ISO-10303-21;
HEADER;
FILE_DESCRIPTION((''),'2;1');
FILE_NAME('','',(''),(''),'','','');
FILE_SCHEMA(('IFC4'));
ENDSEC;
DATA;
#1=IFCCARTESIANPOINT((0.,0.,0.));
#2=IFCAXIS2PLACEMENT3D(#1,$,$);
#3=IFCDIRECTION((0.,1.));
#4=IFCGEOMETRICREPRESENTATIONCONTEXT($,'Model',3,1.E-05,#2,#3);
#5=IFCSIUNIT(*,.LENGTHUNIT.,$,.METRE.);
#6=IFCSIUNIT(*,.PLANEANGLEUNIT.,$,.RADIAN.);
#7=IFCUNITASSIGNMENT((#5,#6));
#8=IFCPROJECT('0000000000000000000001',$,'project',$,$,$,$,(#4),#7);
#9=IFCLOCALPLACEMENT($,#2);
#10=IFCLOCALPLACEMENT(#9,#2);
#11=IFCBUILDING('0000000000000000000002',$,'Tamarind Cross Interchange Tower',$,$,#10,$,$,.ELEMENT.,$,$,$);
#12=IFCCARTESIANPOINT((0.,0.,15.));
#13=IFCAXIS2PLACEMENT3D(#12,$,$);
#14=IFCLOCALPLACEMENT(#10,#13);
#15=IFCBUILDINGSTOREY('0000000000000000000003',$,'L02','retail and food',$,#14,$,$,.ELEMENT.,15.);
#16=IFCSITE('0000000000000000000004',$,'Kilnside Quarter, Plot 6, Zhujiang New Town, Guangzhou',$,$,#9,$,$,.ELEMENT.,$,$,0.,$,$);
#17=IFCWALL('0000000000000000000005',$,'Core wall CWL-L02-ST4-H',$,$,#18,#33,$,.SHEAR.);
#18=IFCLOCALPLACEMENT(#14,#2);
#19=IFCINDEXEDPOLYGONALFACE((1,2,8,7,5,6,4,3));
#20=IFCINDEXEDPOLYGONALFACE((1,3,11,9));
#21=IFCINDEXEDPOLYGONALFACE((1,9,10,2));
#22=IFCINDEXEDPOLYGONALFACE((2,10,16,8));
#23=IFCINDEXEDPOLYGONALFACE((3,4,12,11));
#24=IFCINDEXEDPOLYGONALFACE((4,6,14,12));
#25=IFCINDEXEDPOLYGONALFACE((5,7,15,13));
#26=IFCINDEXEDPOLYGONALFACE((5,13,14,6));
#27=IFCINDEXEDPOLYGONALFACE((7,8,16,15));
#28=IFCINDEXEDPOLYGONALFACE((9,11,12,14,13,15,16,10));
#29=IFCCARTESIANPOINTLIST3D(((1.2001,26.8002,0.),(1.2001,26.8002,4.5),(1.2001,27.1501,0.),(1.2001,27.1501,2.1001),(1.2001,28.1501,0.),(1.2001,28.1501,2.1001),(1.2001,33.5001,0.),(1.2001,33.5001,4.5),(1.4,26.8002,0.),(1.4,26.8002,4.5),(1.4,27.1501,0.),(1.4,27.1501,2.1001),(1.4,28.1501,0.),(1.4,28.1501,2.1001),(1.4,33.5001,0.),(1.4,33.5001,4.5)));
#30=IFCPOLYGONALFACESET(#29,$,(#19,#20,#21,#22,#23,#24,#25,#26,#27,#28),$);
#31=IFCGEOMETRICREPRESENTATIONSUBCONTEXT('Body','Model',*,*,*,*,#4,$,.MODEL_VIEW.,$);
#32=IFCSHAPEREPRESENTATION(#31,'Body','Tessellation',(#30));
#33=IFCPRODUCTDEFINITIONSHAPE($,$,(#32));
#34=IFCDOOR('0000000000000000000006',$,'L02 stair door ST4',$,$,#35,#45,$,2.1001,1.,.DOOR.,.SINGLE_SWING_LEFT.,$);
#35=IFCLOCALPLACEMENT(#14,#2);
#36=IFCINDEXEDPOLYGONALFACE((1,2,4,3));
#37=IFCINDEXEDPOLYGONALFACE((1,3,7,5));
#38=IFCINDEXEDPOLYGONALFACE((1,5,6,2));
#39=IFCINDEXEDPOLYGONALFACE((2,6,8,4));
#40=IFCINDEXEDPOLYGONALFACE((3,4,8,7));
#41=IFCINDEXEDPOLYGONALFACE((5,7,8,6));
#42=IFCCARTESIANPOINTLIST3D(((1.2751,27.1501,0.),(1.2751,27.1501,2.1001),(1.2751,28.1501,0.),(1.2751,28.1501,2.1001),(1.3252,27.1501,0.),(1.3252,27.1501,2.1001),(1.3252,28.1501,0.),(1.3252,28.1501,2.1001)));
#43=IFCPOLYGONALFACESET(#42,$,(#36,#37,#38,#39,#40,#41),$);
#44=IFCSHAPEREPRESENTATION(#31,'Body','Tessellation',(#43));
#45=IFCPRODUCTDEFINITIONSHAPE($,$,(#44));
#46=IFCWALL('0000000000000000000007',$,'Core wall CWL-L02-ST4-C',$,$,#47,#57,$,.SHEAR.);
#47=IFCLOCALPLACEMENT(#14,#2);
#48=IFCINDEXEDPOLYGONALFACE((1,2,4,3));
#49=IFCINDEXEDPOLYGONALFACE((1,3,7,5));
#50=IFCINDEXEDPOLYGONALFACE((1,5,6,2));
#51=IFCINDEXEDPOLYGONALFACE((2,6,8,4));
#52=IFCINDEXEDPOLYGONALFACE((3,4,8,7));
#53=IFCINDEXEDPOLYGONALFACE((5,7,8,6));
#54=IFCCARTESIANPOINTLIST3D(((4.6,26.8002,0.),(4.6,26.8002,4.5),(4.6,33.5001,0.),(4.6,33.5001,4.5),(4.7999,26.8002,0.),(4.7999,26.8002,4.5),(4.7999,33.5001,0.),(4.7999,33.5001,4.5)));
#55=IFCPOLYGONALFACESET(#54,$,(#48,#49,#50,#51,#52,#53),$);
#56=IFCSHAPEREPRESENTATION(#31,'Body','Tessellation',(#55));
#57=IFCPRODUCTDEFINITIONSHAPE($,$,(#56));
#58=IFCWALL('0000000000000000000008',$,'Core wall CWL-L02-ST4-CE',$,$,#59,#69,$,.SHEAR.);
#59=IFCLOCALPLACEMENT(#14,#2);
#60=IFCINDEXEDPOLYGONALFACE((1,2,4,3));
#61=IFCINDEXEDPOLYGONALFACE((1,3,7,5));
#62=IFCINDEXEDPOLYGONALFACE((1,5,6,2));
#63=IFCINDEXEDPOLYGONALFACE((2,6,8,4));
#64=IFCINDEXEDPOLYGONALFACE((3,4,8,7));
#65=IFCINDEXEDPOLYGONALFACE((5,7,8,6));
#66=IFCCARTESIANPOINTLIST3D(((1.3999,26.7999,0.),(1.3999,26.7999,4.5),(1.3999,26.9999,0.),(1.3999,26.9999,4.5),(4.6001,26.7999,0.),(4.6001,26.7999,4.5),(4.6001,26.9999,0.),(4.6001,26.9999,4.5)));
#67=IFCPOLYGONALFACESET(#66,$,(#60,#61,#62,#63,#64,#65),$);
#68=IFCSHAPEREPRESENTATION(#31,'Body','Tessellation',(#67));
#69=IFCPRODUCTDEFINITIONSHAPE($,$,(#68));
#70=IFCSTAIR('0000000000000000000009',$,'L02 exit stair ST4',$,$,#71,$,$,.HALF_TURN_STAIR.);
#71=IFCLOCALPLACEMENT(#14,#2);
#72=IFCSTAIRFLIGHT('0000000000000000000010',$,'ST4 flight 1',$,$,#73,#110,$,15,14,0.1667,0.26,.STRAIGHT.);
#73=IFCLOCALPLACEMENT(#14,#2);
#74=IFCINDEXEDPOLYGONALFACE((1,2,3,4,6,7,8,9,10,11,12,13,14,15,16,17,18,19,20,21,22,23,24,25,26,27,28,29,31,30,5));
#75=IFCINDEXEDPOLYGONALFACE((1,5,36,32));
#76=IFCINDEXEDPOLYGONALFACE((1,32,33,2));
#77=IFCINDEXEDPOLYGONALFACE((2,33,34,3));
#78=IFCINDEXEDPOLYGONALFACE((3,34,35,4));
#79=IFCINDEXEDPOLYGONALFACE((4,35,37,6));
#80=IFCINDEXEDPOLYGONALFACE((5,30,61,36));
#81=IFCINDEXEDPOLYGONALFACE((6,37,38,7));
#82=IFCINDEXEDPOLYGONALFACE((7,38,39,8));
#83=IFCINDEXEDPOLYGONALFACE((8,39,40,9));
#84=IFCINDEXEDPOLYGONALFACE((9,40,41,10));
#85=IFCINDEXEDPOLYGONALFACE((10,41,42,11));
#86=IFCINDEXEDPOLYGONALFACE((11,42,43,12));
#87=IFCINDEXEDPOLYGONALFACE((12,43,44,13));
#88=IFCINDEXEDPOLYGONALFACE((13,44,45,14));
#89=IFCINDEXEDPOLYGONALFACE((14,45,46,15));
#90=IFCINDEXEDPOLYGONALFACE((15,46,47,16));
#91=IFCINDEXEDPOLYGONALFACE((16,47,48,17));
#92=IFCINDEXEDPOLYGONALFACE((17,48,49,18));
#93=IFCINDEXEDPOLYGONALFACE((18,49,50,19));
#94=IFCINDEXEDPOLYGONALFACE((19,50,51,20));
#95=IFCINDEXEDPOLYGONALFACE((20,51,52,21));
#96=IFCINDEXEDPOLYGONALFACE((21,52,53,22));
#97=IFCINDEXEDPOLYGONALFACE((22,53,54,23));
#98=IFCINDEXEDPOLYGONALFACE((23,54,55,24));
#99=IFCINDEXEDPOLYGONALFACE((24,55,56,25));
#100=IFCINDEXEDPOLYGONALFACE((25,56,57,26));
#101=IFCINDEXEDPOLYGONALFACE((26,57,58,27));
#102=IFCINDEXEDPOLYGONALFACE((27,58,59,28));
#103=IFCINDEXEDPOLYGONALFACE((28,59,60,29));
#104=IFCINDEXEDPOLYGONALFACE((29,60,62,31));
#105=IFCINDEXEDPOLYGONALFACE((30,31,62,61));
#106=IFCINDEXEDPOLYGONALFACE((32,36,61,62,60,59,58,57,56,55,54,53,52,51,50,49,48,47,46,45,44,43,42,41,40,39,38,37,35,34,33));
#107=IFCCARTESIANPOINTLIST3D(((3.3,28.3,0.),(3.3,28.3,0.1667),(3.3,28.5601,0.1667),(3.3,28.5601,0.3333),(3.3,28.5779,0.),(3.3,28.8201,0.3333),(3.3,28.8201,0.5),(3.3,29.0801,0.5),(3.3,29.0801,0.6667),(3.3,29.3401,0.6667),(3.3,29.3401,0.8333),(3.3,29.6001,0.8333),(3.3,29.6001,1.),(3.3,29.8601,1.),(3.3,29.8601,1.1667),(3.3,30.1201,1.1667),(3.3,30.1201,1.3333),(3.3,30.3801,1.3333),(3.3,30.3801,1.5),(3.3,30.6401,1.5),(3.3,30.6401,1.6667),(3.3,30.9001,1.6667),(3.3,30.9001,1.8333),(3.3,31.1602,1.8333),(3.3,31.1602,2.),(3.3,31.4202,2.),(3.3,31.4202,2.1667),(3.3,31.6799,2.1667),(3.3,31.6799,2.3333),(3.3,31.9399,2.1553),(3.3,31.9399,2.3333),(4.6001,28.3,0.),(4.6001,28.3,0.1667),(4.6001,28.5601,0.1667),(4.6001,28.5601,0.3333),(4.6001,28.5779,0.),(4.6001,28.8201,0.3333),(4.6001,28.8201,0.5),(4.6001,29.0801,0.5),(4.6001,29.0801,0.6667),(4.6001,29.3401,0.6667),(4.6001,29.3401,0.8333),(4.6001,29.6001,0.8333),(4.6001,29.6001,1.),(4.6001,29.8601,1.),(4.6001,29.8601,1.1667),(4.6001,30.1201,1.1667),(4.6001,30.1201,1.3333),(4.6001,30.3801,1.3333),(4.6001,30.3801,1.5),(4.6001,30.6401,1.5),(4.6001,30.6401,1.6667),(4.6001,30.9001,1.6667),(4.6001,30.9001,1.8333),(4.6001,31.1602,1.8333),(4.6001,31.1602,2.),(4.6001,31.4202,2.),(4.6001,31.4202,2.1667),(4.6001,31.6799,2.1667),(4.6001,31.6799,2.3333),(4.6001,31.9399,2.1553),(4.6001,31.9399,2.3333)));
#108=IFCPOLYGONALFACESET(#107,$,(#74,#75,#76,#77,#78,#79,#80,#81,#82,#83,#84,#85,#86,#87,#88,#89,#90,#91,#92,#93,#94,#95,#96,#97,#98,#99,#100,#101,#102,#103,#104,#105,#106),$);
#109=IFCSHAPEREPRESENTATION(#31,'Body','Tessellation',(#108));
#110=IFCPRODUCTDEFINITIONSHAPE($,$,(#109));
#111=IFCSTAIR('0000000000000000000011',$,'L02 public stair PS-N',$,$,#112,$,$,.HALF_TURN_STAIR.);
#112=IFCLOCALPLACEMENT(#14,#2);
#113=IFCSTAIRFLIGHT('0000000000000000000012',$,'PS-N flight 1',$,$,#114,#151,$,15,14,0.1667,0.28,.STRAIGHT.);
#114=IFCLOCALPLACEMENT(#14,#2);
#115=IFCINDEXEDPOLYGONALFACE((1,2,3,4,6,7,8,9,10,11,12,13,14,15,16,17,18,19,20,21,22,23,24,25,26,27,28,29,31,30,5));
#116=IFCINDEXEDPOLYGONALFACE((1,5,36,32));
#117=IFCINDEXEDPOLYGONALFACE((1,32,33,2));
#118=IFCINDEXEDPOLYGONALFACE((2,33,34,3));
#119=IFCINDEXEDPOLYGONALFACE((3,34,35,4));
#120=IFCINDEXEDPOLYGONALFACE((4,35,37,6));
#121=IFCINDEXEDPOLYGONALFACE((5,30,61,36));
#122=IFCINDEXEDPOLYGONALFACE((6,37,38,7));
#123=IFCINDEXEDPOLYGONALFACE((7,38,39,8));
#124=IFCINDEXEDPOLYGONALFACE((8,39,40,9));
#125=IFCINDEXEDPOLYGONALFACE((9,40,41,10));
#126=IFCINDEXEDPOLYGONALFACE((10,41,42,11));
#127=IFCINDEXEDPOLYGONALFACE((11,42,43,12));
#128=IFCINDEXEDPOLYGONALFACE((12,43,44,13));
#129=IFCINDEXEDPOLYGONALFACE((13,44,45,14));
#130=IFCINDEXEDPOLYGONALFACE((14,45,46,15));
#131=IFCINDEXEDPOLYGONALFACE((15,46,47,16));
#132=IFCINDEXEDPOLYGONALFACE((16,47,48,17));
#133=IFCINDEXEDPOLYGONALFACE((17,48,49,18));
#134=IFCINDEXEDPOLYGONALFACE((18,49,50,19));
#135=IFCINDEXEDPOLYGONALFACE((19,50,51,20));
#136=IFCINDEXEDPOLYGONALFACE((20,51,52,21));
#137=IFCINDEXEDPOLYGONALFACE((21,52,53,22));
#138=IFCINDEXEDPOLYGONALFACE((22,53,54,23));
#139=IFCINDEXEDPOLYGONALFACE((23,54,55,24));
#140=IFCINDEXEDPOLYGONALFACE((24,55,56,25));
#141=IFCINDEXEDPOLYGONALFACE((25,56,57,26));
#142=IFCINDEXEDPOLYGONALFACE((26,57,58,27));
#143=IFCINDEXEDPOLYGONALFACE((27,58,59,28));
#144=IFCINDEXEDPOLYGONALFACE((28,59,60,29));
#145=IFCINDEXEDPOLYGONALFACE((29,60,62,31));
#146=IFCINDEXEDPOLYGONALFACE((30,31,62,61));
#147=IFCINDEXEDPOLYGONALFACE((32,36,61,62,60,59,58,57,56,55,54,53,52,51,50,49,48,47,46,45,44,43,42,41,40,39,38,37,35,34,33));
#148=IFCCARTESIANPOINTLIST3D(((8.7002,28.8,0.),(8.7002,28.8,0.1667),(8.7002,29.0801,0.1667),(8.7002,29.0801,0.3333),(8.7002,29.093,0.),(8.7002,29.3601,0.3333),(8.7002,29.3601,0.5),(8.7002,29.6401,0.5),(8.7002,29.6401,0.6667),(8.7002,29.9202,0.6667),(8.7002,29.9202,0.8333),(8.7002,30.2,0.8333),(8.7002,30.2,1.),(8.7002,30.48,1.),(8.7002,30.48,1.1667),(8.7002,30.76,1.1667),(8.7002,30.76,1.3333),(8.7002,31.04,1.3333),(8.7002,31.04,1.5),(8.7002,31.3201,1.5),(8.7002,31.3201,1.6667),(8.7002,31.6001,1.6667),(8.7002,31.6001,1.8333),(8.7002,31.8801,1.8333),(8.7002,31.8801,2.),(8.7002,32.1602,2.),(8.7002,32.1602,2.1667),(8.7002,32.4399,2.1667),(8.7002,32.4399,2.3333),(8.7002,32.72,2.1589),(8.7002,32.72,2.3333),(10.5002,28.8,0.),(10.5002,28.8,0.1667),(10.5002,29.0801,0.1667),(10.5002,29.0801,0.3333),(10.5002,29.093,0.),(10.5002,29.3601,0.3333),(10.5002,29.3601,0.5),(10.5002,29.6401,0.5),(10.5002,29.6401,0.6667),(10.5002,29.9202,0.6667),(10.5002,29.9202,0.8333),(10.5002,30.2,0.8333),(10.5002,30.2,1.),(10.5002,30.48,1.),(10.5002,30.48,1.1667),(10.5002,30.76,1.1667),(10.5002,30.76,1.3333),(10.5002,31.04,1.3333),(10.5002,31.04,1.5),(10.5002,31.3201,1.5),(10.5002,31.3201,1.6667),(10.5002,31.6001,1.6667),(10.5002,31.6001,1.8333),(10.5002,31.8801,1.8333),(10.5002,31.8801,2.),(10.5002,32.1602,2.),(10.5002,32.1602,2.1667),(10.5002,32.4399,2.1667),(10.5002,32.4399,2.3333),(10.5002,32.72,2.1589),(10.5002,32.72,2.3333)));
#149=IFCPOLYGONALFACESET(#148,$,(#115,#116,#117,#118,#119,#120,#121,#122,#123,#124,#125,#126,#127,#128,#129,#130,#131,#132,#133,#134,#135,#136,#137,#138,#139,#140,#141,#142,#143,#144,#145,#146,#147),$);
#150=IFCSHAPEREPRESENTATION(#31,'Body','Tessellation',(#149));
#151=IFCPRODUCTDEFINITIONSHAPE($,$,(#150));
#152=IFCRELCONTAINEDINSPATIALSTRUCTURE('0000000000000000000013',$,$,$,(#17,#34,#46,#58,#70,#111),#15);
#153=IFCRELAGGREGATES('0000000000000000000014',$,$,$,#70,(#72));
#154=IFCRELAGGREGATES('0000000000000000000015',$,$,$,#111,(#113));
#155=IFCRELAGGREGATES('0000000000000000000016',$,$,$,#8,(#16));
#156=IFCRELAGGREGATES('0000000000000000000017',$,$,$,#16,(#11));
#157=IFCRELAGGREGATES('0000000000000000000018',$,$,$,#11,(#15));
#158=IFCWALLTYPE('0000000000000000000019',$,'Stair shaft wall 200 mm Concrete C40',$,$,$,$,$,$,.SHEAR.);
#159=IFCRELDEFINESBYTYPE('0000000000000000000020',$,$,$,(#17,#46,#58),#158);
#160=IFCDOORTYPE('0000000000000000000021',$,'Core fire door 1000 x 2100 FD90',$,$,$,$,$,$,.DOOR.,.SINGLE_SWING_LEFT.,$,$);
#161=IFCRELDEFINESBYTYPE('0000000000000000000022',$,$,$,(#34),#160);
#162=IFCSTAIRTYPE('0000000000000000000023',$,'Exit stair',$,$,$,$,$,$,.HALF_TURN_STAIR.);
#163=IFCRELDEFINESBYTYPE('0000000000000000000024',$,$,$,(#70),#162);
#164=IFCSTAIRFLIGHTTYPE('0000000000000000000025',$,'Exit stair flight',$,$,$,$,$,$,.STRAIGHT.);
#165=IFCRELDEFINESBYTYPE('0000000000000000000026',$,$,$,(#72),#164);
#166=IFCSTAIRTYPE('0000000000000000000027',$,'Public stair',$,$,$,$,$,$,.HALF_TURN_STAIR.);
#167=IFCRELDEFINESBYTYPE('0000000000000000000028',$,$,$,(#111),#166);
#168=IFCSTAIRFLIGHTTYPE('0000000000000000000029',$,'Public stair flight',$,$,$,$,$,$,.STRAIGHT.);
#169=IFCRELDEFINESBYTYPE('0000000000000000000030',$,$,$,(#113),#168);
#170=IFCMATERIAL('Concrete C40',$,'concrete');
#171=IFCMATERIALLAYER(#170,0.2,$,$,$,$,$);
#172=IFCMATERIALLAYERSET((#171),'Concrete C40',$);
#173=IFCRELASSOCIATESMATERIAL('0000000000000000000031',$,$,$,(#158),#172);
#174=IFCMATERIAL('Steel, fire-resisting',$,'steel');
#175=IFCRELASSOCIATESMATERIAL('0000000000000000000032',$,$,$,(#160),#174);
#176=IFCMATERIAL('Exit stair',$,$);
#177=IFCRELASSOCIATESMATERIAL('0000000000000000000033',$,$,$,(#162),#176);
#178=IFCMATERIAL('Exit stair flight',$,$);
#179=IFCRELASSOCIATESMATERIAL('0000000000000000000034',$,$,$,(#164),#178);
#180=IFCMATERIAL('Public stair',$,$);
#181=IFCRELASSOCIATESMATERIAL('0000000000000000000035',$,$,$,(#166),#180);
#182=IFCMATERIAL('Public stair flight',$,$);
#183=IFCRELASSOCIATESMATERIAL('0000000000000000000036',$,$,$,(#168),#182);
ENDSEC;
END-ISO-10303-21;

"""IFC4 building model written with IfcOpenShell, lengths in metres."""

from ifc_helpers import new_model, si_unit, direction, frame, frame_2d, origin, place, context, subcontext, project, spatial, polyline, rectangle, outline, extrude, material, layer, layer_set, type_object, element, fill, aggregate, save


model = new_model("IFC4")

# Units and contexts
model_context = context("Model", 3, precision=1e-05, world=origin(), true_north=direction((0.0, 1.0)))
body_context = subcontext(model_context, "Body", "Model", "MODEL_VIEW")
ifc_project = project(units=[si_unit("LENGTHUNIT", "METRE"), si_unit("PLANEANGLEUNIT", "RADIAN")], contexts=[model_context])

# Site, building, storey
site_placement = place(None, origin())
site = spatial("IfcSite", under=ifc_project, at=site_placement, Name="Kilnside Quarter, Plot 6, Zhujiang New Town, Guangzhou", CompositionType="ELEMENT", RefElevation=0.0)
building_placement = place(site_placement, origin())
building = spatial("IfcBuilding", under=site, at=building_placement, Name="Tamarind Cross Interchange Tower", CompositionType="ELEMENT")
storey_placement = place(building_placement, frame((0.0, 0.0, 15.0)))
storey = spatial("IfcBuildingStorey", under=building, at=storey_placement, Name="L02", Description="retail and food", CompositionType="ELEMENT", Elevation=15.0)

# Shared definitions
ifc_material_1 = material(Name="Steel, fire-resisting", Category="steel")

# Shared definitions
ifc_material_2 = material(Name="Concrete C40", Category="concrete")

# Wall, opening, door
ifc_layer_1 = layer(ifc_material_2, 0.2)
ifc_layer_set_1 = layer_set([ifc_layer_1], Name="Concrete C40")
wall_type_1 = type_object("IfcWallType", Name="Stair shaft wall 200 mm Concrete C40", PredefinedType="SHEAR", material=ifc_layer_set_1)
wall_1_placement = place(storey_placement, frame((1.3, 26.8, 0.0), z_axis=(0.0, 0.0, 1.0), x_axis=(0.0, 1.0, 0.0)))
wall_1 = element("IfcWall", 1, at=wall_1_placement, inside=storey, type_object=wall_type_1, Name="Core wall CWL-L02-ST4-H", PredefinedType="SHEAR", context=body_context, shape_type="SweptSolid", body=[
    extrude(rectangle(XDim=6.7, YDim=0.2, at=frame_2d((3.3501, 0.0))), origin(), (0.0, 0.0, 1.0), 4.5),
])
opening_1_placement = place(wall_1_placement, frame((0.3501, 0.0, 0.0)))
opening_1 = element("IfcOpeningElement", 2, at=opening_1_placement, cuts=wall_1, PredefinedType="OPENING", context=body_context, shape_type="SweptSolid", body=[
    extrude(rectangle(XDim=1.0, YDim=2.1001, at=frame_2d((0.5, 1.05))), frame((0.0, 0.1099, 0.0), z_axis=(0.0, -1.0, 0.0), x_axis=(1.0, 0.0, 0.0)), (0.0, 0.0, 1.0), 0.22),
])
door_type_1 = type_object("IfcDoorType", Name="Core fire door 1000 x 2100 FD90", OperationType="SINGLE_SWING_LEFT", PredefinedType="DOOR", material=ifc_material_1)
door_1_placement = place(opening_1_placement, origin())
door_1 = element("IfcDoor", 3, at=door_1_placement, inside=storey, type_object=door_type_1, Name="L02 stair door ST4", OperationType="SINGLE_SWING_LEFT", OverallHeight=2.1001, OverallWidth=1.0, PredefinedType="DOOR", context=body_context, shape_type="SweptSolid", body=[
    extrude(rectangle(XDim=1.0, YDim=2.1001, at=frame_2d((0.5, 1.05))), frame((0.0, 0.0249, 0.0), z_axis=(0.0, -1.0, 0.0), x_axis=(1.0, 0.0, 0.0)), (0.0, 0.0, 1.0), 0.05),
])
fill(opening_1, door_1)

# Walls
wall_2_placement = place(storey_placement, frame((4.7, 26.8, 0.0), z_axis=(0.0, 0.0, 1.0), x_axis=(0.0, 1.0, 0.0)))
element("IfcWall", 4, at=wall_2_placement, inside=storey, type_object=wall_type_1, Name="Core wall CWL-L02-ST4-C", PredefinedType="SHEAR", context=body_context, shape_type="SweptSolid", body=[
    extrude(rectangle(XDim=6.7, YDim=0.2, at=frame_2d((3.3501, 0.0))), origin(), (0.0, 0.0, 1.0), 4.5),
])
wall_3_placement = place(storey_placement, frame((4.6001, 26.8999, 0.0), z_axis=(0.0, 0.0, 1.0), x_axis=(-1.0, 0.0, 0.0)))
element("IfcWall", 5, at=wall_3_placement, inside=storey, type_object=wall_type_1, Name="Core wall CWL-L02-ST4-CE", PredefinedType="SHEAR", context=body_context, shape_type="SweptSolid", body=[
    extrude(rectangle(XDim=3.2002, YDim=0.2, at=frame_2d((1.6001, 0.0))), origin(), (0.0, 0.0, 1.0), 4.5),
])

# Stairs, stair flights
ifc_material_3 = material(Name="Exit stair")
stair_type_1 = type_object("IfcStairType", Name="Exit stair", PredefinedType="HALF_TURN_STAIR", material=ifc_material_3)
stair_1_placement = place(storey_placement, origin())
stair_1 = element("IfcStair", 6, at=stair_1_placement, inside=storey, type_object=stair_type_1, Name="L02 exit stair ST4", PredefinedType="HALF_TURN_STAIR")
ifc_material_4 = material(Name="Exit stair flight")
stair_flight_type_1 = type_object("IfcStairFlightType", Name="Exit stair flight", PredefinedType="STRAIGHT", material=ifc_material_4)
stair_flight_1_placement = place(storey_placement, frame((3.95, 28.3, 0.0), z_axis=(0.0, 0.0, 1.0), x_axis=(0.0, 1.0, 0.0)))
stair_flight_1 = element("IfcStairFlight", 7, at=stair_flight_1_placement, type_object=stair_flight_type_1, Name="ST4 flight 1", NumberOfRisers=15, NumberOfTreads=14, PredefinedType="STRAIGHT", RiserHeight=0.1667, TreadLength=0.26, context=body_context, shape_type="SweptSolid", body=[
    extrude(outline(polyline([(0.0, 0.0), (0.0, 0.1667), (0.26, 0.1667), (0.26, 0.3333), (0.52, 0.3333), (0.52, 0.5), (0.78, 0.5), (0.78, 0.6667), (1.04, 0.6667), (1.04, 0.8333), (1.3, 0.8333), (1.3, 1.0), (1.5601, 1.0), (1.5601, 1.1667), (1.8201, 1.1667), (1.8201, 1.3333), (2.0801, 1.3333), (2.0801, 1.5), (2.3401, 1.5), (2.3401, 1.6667), (2.6001, 1.6667), (2.6001, 1.8333), (2.8601, 1.8333), (2.8601, 2.0), (3.1201, 2.0), (3.1201, 2.1667), (3.3799, 2.1667), (3.3799, 2.3333), (3.6399, 2.3333), (3.6399, 2.5), (3.6399, 2.1553), (0.2778, 0.0), (0.0, 0.0)])), frame((0.0, 0.6499, 0.0), z_axis=(0.0, -1.0, 0.0), x_axis=(1.0, 0.0, 0.0)), (0.0, 0.0, 1.0), 1.3),
])
aggregate(stair_1, [stair_flight_1])
ifc_material_5 = material(Name="Public stair")
stair_type_2 = type_object("IfcStairType", Name="Public stair", PredefinedType="HALF_TURN_STAIR", material=ifc_material_5)
stair_2_placement = place(storey_placement, origin())
stair_2 = element("IfcStair", 8, at=stair_2_placement, inside=storey, type_object=stair_type_2, Name="L02 public stair PS-N", PredefinedType="HALF_TURN_STAIR")
ifc_material_6 = material(Name="Public stair flight")
stair_flight_type_2 = type_object("IfcStairFlightType", Name="Public stair flight", PredefinedType="STRAIGHT", material=ifc_material_6)
stair_flight_2_placement = place(storey_placement, frame((9.6001, 28.8, 0.0), z_axis=(0.0, 0.0, 1.0), x_axis=(0.0, 1.0, 0.0)))
stair_flight_2 = element("IfcStairFlight", 9, at=stair_flight_2_placement, type_object=stair_flight_type_2, Name="PS-N flight 1", NumberOfRisers=15, NumberOfTreads=14, PredefinedType="STRAIGHT", RiserHeight=0.1667, TreadLength=0.28, context=body_context, shape_type="SweptSolid", body=[
    extrude(outline(polyline([(0.0, 0.0), (0.0, 0.1667), (0.28, 0.1667), (0.28, 0.3333), (0.5601, 0.3333), (0.5601, 0.5), (0.8401, 0.5), (0.8401, 0.6667), (1.1201, 0.6667), (1.1201, 0.8333), (1.3999, 0.8333), (1.3999, 1.0), (1.6799, 1.0), (1.6799, 1.1667), (1.96, 1.1667), (1.96, 1.3333), (2.24, 1.3333), (2.24, 1.5), (2.52, 1.5), (2.52, 1.6667), (2.8, 1.6667), (2.8, 1.8333), (3.0801, 1.8333), (3.0801, 2.0), (3.3601, 2.0), (3.3601, 2.1667), (3.6399, 2.1667), (3.6399, 2.3333), (3.9199, 2.3333), (3.9199, 2.5), (3.9199, 2.1589), (0.293, 0.0), (0.0, 0.0)])), frame((0.0, 0.8999, 0.0), z_axis=(0.0, -1.0, 0.0), x_axis=(1.0, 0.0, 0.0)), (0.0, 0.0, 1.0), 1.8),
])
aggregate(stair_2, [stair_flight_2])

save(model, "model.ifc")
